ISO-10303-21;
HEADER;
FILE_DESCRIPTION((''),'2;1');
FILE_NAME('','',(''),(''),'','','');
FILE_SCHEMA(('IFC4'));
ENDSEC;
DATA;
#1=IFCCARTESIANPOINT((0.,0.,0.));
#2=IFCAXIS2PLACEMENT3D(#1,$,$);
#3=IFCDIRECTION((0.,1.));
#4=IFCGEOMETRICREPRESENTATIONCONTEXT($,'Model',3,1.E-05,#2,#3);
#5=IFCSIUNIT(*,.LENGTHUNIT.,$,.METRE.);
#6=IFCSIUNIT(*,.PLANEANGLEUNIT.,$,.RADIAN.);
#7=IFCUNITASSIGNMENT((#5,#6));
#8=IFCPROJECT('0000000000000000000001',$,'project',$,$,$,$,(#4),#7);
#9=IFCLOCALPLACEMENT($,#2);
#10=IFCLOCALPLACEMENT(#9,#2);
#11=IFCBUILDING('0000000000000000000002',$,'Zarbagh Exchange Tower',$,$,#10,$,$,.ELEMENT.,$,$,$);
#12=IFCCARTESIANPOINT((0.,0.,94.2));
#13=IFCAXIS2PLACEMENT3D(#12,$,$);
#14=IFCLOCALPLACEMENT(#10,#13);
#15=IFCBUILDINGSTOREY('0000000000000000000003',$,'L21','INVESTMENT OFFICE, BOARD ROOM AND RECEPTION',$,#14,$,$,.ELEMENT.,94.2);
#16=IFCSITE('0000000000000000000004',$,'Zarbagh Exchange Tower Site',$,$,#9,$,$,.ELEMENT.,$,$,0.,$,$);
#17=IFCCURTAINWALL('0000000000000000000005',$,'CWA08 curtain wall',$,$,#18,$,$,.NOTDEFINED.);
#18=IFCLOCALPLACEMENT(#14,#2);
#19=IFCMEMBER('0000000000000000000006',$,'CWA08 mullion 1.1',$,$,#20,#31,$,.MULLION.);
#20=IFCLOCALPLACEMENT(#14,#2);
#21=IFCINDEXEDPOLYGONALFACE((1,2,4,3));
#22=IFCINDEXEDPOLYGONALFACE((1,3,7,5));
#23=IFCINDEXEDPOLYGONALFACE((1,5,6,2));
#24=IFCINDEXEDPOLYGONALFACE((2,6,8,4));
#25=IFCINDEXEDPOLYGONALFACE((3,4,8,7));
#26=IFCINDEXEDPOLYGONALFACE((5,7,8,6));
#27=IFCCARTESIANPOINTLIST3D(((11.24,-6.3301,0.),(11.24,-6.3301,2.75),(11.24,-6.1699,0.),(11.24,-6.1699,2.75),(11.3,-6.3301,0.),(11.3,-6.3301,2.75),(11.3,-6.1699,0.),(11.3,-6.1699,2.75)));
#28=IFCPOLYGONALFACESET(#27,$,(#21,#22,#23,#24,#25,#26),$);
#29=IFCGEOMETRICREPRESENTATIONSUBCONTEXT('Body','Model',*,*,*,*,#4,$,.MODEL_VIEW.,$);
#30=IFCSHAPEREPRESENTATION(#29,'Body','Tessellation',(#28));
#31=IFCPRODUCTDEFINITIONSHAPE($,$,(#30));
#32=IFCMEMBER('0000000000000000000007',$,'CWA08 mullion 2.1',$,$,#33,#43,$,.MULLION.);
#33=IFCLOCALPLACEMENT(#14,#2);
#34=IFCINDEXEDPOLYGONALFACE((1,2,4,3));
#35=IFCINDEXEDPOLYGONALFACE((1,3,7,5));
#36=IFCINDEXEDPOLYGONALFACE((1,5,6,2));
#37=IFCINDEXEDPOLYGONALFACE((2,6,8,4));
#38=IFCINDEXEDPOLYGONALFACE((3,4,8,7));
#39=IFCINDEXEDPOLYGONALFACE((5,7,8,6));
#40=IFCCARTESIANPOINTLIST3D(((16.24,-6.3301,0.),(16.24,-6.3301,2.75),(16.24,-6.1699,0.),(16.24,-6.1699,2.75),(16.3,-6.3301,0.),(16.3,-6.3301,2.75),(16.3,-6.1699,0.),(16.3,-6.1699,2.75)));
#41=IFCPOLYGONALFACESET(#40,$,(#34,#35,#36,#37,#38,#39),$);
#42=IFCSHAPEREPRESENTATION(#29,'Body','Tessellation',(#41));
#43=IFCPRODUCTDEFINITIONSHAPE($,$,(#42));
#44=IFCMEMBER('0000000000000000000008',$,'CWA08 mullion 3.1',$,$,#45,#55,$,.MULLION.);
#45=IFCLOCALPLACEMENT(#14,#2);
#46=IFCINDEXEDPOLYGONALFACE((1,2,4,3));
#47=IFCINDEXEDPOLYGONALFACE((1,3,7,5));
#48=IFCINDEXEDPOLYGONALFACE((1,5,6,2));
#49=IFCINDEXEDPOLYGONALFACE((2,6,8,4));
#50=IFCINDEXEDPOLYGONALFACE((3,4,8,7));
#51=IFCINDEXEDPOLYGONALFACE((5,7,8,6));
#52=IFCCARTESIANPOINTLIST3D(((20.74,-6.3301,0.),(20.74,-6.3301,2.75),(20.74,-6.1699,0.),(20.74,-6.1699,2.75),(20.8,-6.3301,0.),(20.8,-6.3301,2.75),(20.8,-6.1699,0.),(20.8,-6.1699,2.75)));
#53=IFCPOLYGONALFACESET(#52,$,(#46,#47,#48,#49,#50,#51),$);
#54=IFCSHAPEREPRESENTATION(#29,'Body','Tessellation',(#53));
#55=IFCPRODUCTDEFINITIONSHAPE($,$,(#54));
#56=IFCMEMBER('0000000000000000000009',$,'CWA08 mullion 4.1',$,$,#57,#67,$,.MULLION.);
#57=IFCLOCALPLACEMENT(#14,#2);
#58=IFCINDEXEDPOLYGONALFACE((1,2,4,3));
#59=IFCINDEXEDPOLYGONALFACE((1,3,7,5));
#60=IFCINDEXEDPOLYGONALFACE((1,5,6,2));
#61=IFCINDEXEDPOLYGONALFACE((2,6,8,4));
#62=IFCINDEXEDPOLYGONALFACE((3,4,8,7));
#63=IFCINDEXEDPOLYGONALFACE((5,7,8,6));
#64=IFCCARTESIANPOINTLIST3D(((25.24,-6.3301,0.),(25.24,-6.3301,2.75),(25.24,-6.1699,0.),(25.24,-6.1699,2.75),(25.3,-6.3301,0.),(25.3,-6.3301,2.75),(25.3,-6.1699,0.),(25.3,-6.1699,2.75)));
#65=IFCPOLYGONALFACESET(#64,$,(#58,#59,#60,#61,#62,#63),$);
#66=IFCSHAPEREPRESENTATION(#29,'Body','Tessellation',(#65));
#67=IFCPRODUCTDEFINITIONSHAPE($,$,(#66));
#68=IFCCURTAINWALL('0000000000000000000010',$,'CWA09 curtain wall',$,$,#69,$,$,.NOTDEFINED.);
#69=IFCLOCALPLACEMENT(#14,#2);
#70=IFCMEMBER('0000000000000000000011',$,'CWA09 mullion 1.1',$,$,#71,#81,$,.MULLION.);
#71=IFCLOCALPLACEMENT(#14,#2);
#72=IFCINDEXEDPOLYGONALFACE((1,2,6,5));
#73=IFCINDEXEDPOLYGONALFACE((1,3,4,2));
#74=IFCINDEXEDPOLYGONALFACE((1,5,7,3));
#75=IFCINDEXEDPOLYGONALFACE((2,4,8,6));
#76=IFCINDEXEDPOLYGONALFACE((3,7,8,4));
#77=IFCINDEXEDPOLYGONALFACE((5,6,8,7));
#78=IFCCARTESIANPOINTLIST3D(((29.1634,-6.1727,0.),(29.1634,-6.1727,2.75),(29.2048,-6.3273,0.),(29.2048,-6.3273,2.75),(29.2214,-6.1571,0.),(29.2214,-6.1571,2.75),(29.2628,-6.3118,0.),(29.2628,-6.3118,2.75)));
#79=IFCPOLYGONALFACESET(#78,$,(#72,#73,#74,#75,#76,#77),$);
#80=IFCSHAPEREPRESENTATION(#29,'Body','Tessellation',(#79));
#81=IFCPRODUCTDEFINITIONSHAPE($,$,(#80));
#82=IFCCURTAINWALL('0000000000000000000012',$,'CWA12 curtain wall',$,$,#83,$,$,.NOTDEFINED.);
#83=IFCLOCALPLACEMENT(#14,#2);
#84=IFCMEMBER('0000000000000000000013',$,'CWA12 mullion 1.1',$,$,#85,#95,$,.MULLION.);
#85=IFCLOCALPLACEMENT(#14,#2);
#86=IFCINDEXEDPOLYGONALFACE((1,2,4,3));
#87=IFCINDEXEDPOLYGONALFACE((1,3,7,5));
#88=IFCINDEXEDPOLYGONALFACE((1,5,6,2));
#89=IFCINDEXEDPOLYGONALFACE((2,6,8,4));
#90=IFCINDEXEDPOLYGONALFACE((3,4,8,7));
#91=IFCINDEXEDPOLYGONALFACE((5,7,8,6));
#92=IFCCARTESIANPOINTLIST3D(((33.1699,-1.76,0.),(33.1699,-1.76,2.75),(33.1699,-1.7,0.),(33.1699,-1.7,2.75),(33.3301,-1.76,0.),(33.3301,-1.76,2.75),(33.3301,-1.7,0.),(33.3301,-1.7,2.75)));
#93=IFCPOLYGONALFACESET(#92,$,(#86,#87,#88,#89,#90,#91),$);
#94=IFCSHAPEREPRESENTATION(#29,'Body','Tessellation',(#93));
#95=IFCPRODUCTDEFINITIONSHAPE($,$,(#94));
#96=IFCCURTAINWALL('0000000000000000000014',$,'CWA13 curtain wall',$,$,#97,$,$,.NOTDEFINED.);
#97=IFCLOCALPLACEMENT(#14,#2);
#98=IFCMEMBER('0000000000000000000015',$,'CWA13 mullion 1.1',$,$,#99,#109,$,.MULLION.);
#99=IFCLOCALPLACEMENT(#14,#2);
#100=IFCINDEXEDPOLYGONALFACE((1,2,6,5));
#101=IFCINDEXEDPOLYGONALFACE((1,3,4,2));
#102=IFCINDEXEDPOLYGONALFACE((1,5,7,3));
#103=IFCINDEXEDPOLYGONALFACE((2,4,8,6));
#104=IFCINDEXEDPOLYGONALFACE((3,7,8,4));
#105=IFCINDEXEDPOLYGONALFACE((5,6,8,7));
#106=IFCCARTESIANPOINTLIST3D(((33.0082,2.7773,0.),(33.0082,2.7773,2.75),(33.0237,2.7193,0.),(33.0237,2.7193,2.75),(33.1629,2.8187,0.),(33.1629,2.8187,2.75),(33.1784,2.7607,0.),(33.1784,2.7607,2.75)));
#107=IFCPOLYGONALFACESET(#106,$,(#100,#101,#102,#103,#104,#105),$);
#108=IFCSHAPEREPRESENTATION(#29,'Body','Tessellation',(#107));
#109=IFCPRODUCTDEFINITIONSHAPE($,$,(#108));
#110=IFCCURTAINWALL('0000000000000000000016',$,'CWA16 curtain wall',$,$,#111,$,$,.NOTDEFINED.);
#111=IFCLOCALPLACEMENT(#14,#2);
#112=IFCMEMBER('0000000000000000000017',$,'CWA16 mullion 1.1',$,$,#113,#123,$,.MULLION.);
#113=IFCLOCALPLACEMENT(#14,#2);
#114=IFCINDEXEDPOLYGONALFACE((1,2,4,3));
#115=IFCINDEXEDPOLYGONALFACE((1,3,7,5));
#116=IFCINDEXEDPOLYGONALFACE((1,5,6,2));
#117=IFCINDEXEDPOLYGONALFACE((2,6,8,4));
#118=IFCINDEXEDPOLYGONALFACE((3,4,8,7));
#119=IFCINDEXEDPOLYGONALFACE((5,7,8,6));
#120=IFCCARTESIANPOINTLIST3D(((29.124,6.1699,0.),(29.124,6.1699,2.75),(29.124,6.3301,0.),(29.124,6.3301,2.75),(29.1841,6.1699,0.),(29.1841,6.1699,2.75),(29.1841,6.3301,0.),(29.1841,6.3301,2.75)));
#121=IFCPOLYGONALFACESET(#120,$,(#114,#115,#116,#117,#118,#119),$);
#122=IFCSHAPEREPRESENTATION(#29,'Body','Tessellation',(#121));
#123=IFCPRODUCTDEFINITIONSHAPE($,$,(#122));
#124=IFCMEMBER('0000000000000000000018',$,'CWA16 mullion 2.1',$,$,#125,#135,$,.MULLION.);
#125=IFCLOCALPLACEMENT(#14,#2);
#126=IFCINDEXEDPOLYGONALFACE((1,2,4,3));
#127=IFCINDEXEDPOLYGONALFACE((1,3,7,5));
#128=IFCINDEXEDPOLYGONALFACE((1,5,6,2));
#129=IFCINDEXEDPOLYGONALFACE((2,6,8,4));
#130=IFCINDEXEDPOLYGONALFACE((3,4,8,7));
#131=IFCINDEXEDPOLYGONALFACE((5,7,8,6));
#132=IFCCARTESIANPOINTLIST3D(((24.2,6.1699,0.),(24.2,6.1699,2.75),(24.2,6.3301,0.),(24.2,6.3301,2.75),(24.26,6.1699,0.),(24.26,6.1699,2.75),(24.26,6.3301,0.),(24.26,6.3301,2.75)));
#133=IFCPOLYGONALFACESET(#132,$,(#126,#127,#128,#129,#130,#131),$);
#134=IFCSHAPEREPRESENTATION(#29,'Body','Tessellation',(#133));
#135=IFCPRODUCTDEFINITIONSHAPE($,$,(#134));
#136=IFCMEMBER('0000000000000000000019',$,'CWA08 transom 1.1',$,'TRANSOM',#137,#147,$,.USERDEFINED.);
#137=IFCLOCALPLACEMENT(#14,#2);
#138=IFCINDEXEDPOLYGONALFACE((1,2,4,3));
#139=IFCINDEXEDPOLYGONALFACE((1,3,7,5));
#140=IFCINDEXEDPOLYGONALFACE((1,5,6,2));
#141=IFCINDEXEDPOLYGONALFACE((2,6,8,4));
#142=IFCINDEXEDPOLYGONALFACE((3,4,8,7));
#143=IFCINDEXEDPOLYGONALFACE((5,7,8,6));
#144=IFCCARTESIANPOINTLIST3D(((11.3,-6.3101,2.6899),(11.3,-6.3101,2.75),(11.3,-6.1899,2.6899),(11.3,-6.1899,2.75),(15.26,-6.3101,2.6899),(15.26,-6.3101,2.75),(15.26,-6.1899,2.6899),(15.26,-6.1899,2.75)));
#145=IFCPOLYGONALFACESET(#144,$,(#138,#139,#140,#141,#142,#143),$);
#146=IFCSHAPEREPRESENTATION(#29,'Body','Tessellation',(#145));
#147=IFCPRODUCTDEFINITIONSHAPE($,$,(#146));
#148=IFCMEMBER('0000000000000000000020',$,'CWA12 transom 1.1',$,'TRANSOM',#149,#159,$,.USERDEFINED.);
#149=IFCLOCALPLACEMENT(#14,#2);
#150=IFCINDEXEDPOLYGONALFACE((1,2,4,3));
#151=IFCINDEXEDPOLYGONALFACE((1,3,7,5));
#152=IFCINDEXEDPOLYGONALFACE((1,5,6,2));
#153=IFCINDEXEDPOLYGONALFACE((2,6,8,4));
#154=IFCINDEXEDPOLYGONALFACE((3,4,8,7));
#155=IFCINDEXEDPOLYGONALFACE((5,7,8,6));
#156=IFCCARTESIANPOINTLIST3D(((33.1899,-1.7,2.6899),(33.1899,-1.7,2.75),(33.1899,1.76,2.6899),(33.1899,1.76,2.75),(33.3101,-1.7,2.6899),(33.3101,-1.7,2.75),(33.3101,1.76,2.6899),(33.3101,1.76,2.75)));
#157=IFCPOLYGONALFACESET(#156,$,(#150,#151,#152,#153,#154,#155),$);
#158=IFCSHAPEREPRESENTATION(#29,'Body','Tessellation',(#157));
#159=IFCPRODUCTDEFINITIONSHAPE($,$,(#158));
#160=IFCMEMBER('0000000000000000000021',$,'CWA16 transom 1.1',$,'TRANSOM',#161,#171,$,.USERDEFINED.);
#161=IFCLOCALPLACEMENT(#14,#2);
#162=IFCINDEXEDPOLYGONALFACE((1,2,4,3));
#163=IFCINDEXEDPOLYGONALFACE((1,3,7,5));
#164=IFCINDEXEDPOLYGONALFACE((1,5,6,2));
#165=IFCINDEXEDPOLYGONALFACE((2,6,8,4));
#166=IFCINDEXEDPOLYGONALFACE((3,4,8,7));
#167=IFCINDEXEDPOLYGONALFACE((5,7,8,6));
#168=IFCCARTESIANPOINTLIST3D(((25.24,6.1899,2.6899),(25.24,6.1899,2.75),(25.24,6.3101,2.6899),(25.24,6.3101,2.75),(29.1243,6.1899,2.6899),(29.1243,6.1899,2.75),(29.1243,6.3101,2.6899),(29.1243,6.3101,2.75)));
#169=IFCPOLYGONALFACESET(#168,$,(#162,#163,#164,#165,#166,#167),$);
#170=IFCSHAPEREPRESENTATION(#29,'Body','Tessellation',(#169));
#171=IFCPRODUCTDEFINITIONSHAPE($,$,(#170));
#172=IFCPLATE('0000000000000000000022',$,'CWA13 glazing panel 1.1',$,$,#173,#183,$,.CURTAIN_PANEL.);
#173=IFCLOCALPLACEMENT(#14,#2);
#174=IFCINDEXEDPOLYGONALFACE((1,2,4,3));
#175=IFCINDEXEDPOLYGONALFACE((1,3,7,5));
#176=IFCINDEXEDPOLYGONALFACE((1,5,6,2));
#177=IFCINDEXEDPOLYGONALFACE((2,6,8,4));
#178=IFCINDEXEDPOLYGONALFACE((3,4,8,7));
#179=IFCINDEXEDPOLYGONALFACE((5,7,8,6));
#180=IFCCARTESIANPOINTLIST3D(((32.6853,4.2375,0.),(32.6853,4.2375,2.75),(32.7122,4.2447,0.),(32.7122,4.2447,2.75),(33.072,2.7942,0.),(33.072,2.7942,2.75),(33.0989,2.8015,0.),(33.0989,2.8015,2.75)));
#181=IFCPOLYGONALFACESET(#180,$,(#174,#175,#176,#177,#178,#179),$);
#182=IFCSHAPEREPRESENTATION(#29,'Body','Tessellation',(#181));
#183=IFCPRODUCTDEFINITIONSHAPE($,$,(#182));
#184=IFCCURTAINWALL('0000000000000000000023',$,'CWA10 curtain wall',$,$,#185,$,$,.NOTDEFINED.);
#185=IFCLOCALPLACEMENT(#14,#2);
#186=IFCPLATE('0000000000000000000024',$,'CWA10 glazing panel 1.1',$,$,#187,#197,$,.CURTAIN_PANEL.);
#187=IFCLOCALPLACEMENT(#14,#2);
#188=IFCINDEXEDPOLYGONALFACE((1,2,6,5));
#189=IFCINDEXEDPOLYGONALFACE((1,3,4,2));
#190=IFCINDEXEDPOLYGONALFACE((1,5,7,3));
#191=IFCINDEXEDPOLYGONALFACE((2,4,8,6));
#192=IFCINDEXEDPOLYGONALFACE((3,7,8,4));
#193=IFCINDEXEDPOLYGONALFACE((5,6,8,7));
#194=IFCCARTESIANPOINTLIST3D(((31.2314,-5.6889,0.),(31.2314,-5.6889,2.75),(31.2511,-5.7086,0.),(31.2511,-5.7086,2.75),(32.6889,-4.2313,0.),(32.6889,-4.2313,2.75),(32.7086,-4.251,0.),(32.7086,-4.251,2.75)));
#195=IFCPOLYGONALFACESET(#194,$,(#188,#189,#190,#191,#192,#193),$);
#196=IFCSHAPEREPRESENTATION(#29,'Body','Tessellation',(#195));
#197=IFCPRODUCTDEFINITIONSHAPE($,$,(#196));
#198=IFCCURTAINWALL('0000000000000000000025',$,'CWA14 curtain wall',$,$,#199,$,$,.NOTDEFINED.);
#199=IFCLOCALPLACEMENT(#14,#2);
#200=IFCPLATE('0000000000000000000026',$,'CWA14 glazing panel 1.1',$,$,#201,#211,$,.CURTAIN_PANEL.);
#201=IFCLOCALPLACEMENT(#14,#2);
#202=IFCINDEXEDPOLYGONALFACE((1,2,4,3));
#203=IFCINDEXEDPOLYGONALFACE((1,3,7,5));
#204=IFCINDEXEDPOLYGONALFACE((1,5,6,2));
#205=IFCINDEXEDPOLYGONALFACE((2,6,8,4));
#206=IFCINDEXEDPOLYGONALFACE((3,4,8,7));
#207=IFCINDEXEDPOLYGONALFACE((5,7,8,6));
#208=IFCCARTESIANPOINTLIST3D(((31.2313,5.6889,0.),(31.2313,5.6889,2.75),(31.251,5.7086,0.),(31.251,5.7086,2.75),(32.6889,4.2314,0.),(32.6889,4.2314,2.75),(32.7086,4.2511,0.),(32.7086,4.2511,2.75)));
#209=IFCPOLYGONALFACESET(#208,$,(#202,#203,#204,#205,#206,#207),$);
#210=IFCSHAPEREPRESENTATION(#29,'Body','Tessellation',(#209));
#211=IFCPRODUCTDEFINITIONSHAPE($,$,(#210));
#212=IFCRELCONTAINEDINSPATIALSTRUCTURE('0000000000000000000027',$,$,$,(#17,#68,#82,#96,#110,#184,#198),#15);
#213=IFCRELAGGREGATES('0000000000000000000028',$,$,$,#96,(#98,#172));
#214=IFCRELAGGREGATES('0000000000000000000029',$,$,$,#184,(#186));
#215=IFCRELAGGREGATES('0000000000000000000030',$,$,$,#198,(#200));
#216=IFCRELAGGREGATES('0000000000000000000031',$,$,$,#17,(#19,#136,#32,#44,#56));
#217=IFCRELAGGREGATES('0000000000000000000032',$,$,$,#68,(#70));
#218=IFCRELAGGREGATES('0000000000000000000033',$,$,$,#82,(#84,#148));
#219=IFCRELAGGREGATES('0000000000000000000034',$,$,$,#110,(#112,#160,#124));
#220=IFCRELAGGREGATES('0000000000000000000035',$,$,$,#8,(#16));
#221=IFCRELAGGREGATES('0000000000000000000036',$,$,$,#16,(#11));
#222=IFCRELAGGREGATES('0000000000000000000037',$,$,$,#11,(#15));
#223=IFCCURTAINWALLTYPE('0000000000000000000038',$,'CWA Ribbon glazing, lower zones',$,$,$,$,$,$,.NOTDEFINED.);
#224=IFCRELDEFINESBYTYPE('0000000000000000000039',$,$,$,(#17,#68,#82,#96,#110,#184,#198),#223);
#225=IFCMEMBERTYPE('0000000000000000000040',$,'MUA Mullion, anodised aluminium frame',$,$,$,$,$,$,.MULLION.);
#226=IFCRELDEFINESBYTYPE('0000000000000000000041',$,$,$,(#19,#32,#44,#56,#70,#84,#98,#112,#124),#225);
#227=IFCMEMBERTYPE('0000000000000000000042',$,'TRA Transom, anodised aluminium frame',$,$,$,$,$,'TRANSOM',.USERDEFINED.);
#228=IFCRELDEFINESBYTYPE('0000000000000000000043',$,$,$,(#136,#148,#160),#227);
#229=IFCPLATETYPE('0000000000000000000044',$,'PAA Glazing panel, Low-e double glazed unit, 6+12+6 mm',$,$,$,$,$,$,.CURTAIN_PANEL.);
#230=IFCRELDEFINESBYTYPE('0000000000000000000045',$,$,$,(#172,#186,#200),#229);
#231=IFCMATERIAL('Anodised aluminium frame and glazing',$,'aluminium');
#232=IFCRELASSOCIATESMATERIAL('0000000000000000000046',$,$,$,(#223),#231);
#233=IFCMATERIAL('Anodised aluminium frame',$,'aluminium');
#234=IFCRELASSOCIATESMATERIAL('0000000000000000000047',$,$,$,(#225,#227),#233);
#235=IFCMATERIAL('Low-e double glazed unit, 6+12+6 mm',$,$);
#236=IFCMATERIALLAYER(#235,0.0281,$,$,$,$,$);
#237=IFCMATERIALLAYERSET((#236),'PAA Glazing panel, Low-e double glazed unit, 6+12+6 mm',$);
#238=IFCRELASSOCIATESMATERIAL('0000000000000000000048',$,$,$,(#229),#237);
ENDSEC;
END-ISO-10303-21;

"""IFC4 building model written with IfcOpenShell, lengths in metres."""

from ifc_helpers import new_model, si_unit, direction, frame, origin, place, context, subcontext, project, spatial, polyline, outline, extrude, source, transform, mapped, material, layer, layer_set, type_object, element, aggregate, save


model = new_model("IFC4")

# Units and contexts
model_context = context("Model", 3, precision=1e-05, world=origin(), true_north=direction((0.0, 1.0)))
body_context = subcontext(model_context, "Body", "Model", "MODEL_VIEW")
ifc_project = project(units=[si_unit("LENGTHUNIT", "METRE"), si_unit("PLANEANGLEUNIT", "RADIAN")], contexts=[model_context])

# Site, building, storey
site_placement = place(None, origin())
site = spatial("IfcSite", under=ifc_project, at=site_placement, Name="Zarbagh Exchange Tower Site", CompositionType="ELEMENT", RefElevation=0.0)
building_placement = place(site_placement, origin())
building = spatial("IfcBuilding", under=site, at=building_placement, Name="Zarbagh Exchange Tower", CompositionType="ELEMENT")
storey_placement = place(building_placement, frame((0.0, 0.0, 94.2)))
storey = spatial("IfcBuildingStorey", under=building, at=storey_placement, Name="L21", Description="INVESTMENT OFFICE, BOARD ROOM AND RECEPTION", CompositionType="ELEMENT", Elevation=94.2)

# Curtain wall, members
ifc_material_1 = material(Name="Anodised aluminium frame and glazing", Category="aluminium")
curtain_wall_type = type_object("IfcCurtainWallType", Name="CWA Ribbon glazing, lower zones", PredefinedType="NOTDEFINED", material=ifc_material_1)
curtain_wall_1_placement = place(storey_placement, origin())
curtain_wall_1 = element("IfcCurtainWall", 1, at=curtain_wall_1_placement, inside=storey, type_object=curtain_wall_type, Name="CWA08 curtain wall", PredefinedType="NOTDEFINED")
ifc_material_2 = material(Name="Anodised aluminium frame", Category="aluminium")
member_type_1 = type_object("IfcMemberType", Name="MUA Mullion, anodised aluminium frame", PredefinedType="MULLION", material=ifc_material_2)
shared_shape_1 = source(origin(), body_context, "Body", "SweptSolid", [
    extrude(outline(polyline([(0.0, -0.0801), (0.0601, -0.0801), (0.0601, 0.0801), (0.0, 0.0801), (0.0, -0.0801)])), origin(), (0.0, 0.0, 1.0), 2.75),
])
placement = place(storey_placement, origin())
member_1 = element("IfcMember", 2, at=placement, type_object=member_type_1, Name="CWA08 mullion 1.1", PredefinedType="MULLION", context=body_context, shape_type="MappedRepresentation", body=[
    mapped(shared_shape_1, transform((11.24, -6.25, 0.0), x_axis=(1.0, 0.0, 0.0), y_axis=(0.0, 1.0, 0.0), z_axis=(0.0, 0.0, 1.0))),
])
member_2 = element("IfcMember", 3, at=placement, type_object=member_type_1, Name="CWA08 mullion 2.1", PredefinedType="MULLION", context=body_context, shape_type="MappedRepresentation", body=[
    mapped(shared_shape_1, transform((16.24, -6.25, 0.0), x_axis=(1.0, 0.0, 0.0), y_axis=(0.0, 1.0, 0.0), z_axis=(0.0, 0.0, 1.0))),
])
member_3 = element("IfcMember", 4, at=placement, type_object=member_type_1, Name="CWA08 mullion 3.1", PredefinedType="MULLION", context=body_context, shape_type="MappedRepresentation", body=[
    mapped(shared_shape_1, transform((20.74, -6.25, 0.0), x_axis=(1.0, 0.0, 0.0), y_axis=(0.0, 1.0, 0.0), z_axis=(0.0, 0.0, 1.0))),
])
member_4 = element("IfcMember", 5, at=placement, type_object=member_type_1, Name="CWA08 mullion 4.1", PredefinedType="MULLION", context=body_context, shape_type="MappedRepresentation", body=[
    mapped(shared_shape_1, transform((25.24, -6.25, 0.0), x_axis=(1.0, 0.0, 0.0), y_axis=(0.0, 1.0, 0.0), z_axis=(0.0, 0.0, 1.0))),
])

# Curtain walls, members
curtain_wall_2_placement = place(storey_placement, origin())
curtain_wall_2 = element("IfcCurtainWall", 6, at=curtain_wall_2_placement, inside=storey, type_object=curtain_wall_type, Name="CWA09 curtain wall", PredefinedType="NOTDEFINED")
member_5 = element("IfcMember", 7, at=placement, type_object=member_type_1, Name="CWA09 mullion 1.1", PredefinedType="MULLION", context=body_context, shape_type="MappedRepresentation", body=[
    mapped(shared_shape_1, transform((29.1841, -6.25, 0.0), x_axis=(0.965924, 0.258825, 0.0), y_axis=(-0.258825, 0.965924, 0.0), z_axis=(0.0, 0.0, 1.0))),
])
curtain_wall_3_placement = place(storey_placement, origin())
curtain_wall_3 = element("IfcCurtainWall", 8, at=curtain_wall_3_placement, inside=storey, type_object=curtain_wall_type, Name="CWA12 curtain wall", PredefinedType="NOTDEFINED")
member_6 = element("IfcMember", 9, at=placement, type_object=member_type_1, Name="CWA12 mullion 1.1", PredefinedType="MULLION", context=body_context, shape_type="MappedRepresentation", body=[
    mapped(shared_shape_1, transform((33.25, -1.76, 0.0), x_axis=(0.0, 1.0, 0.0), y_axis=(-1.0, 0.0, 0.0), z_axis=(0.0, 0.0, 1.0))),
])
curtain_wall_4_placement = place(storey_placement, origin())
curtain_wall_4 = element("IfcCurtainWall", 10, at=curtain_wall_4_placement, inside=storey, type_object=curtain_wall_type, Name="CWA13 curtain wall", PredefinedType="NOTDEFINED")
member_7 = element("IfcMember", 11, at=placement, type_object=member_type_1, Name="CWA13 mullion 1.1", PredefinedType="MULLION", context=body_context, shape_type="MappedRepresentation", body=[
    mapped(shared_shape_1, transform((33.1011, 2.74, 0.0), x_axis=(-0.258825, 0.965924, 0.0), y_axis=(-0.965924, -0.258825, 0.0), z_axis=(0.0, 0.0, 1.0))),
])

# Curtain wall, members
curtain_wall_5_placement = place(storey_placement, origin())
curtain_wall_5 = element("IfcCurtainWall", 12, at=curtain_wall_5_placement, inside=storey, type_object=curtain_wall_type, Name="CWA16 curtain wall", PredefinedType="NOTDEFINED")
member_8 = element("IfcMember", 13, at=placement, type_object=member_type_1, Name="CWA16 mullion 1.1", PredefinedType="MULLION", context=body_context, shape_type="MappedRepresentation", body=[
    mapped(shared_shape_1, transform((29.1841, 6.25, 0.0), x_axis=(-1.0, 0.0, 0.0), y_axis=(0.0, -1.0, 0.0), z_axis=(0.0, 0.0, 1.0))),
])
member_9 = element("IfcMember", 14, at=placement, type_object=member_type_1, Name="CWA16 mullion 2.1", PredefinedType="MULLION", context=body_context, shape_type="MappedRepresentation", body=[
    mapped(shared_shape_1, transform((24.26, 6.25, 0.0), x_axis=(-1.0, 0.0, 0.0), y_axis=(0.0, -1.0, 0.0), z_axis=(0.0, 0.0, 1.0))),
])

# Members
member_type_2 = type_object("IfcMemberType", Name="TRA Transom, anodised aluminium frame", ElementType="TRANSOM", PredefinedType="USERDEFINED", material=ifc_material_2)
shared_shape_2 = source(origin(), body_context, "Body", "SweptSolid", [
    extrude(outline(polyline([(-0.0601, -0.0601), (0.0, -0.0601), (0.0, 0.0601), (-0.0601, 0.0601), (-0.0601, -0.0601)])), origin(), (0.0, 0.0, 1.0), 3.96),
])
member_10 = element("IfcMember", 15, at=placement, type_object=member_type_2, Name="CWA08 transom 1.1", ObjectType="TRANSOM", PredefinedType="USERDEFINED", context=body_context, shape_type="MappedRepresentation", body=[
    mapped(shared_shape_2, transform((11.3, -6.25, 2.75), x_axis=(0.0, 0.0, 1.0), y_axis=(0.0, -1.0, 0.0), z_axis=(1.0, 0.0, 0.0))),
])
shared_shape_3 = source(origin(), body_context, "Body", "SweptSolid", [
    extrude(outline(polyline([(-0.0601, -0.0601), (0.0, -0.0601), (0.0, 0.0601), (-0.0601, 0.0601), (-0.0601, -0.0601)])), origin(), (0.0, 0.0, 1.0), 3.46),
])
member_11 = element("IfcMember", 16, at=placement, type_object=member_type_2, Name="CWA12 transom 1.1", ObjectType="TRANSOM", PredefinedType="USERDEFINED", context=body_context, shape_type="MappedRepresentation", body=[
    mapped(shared_shape_3, transform((33.25, -1.7, 2.75), x_axis=(0.0, 0.0, 1.0), y_axis=(1.0, 0.0, 0.0), z_axis=(0.0, 1.0, 0.0))),
])
shared_shape_4 = source(origin(), body_context, "Body", "SweptSolid", [
    extrude(outline(polyline([(-0.0601, -0.0601), (0.0, -0.0601), (0.0, 0.0601), (-0.0601, 0.0601), (-0.0601, -0.0601)])), origin(), (0.0, 0.0, 1.0), 3.8843),
])
member_12 = element("IfcMember", 17, at=placement, type_object=member_type_2, Name="CWA16 transom 1.1", ObjectType="TRANSOM", PredefinedType="USERDEFINED", context=body_context, shape_type="MappedRepresentation", body=[
    mapped(shared_shape_4, transform((29.1243, 6.25, 2.75), x_axis=(0.0, 0.0, 1.0), y_axis=(0.0, 1.0, 0.0), z_axis=(-1.0, 0.0, 0.0))),
])

# Plate
ifc_material_3 = material(Name="Low-e double glazed unit, 6+12+6 mm")
ifc_layer = layer(ifc_material_3, 0.0281)
ifc_layer_set = layer_set([ifc_layer], Name="PAA Glazing panel, Low-e double glazed unit, 6+12+6 mm")
plate_type = type_object("IfcPlateType", Name="PAA Glazing panel, Low-e double glazed unit, 6+12+6 mm", PredefinedType="CURTAIN_PANEL", material=ifc_layer_set)
shared_shape_5 = source(origin(), body_context, "Body", "SweptSolid", [
    extrude(outline(polyline([(0.0, -0.0139), (1.4941, -0.0139), (1.4941, 0.0139), (0.0, 0.0139), (0.0, -0.0139)])), origin(), (0.0, 0.0, 1.0), 2.75),
])
plate_1 = element("IfcPlate", 18, at=placement, type_object=plate_type, Name="CWA13 glazing panel 1.1", PredefinedType="CURTAIN_PANEL", context=body_context, shape_type="MappedRepresentation", body=[
    mapped(shared_shape_5, transform((33.0854, 2.7979, 0.0), x_axis=(-0.258825, 0.965924, 0.0), y_axis=(-0.965924, -0.258825, 0.0), z_axis=(0.0, 0.0, 1.0))),
])
aggregate(curtain_wall_4, [member_7, plate_1])

# Curtain walls, plates
curtain_wall_6_placement = place(storey_placement, origin())
curtain_wall_6 = element("IfcCurtainWall", 19, at=curtain_wall_6_placement, inside=storey, type_object=curtain_wall_type, Name="CWA10 curtain wall", PredefinedType="NOTDEFINED")
shared_shape_6 = source(origin(), body_context, "Body", "SweptSolid", [
    extrude(outline(polyline([(0.0, -0.0139), (2.0613, -0.0139), (2.0613, 0.0139), (0.0, 0.0139), (0.0, -0.0139)])), origin(), (0.0, 0.0, 1.0), 2.75),
])
plate_2 = element("IfcPlate", 20, at=placement, type_object=plate_type, Name="CWA10 glazing panel 1.1", PredefinedType="CURTAIN_PANEL", context=body_context, shape_type="MappedRepresentation", body=[
    mapped(shared_shape_6, transform((31.2412, -5.6987, 0.0), x_axis=(0.707107, 0.707107, 0.0), y_axis=(-0.707107, 0.707107, 0.0), z_axis=(0.0, 0.0, 1.0))),
])
aggregate(curtain_wall_6, [plate_2])
curtain_wall_7_placement = place(storey_placement, origin())
curtain_wall_7 = element("IfcCurtainWall", 21, at=curtain_wall_7_placement, inside=storey, type_object=curtain_wall_type, Name="CWA14 curtain wall", PredefinedType="NOTDEFINED")
plate_3 = element("IfcPlate", 22, at=placement, type_object=plate_type, Name="CWA14 glazing panel 1.1", PredefinedType="CURTAIN_PANEL", context=body_context, shape_type="MappedRepresentation", body=[
    mapped(shared_shape_6, transform((32.6987, 4.2412, 0.0), x_axis=(-0.707107, 0.707107, 0.0), y_axis=(-0.707107, -0.707107, 0.0), z_axis=(0.0, 0.0, 1.0))),
])
aggregate(curtain_wall_7, [plate_3])

aggregate(curtain_wall_1, [member_1, member_10, member_2, member_3, member_4])
aggregate(curtain_wall_2, [member_5])

aggregate(curtain_wall_3, [member_6, member_11])
aggregate(curtain_wall_5, [member_8, member_12, member_9])

save(model, "model.ifc")
